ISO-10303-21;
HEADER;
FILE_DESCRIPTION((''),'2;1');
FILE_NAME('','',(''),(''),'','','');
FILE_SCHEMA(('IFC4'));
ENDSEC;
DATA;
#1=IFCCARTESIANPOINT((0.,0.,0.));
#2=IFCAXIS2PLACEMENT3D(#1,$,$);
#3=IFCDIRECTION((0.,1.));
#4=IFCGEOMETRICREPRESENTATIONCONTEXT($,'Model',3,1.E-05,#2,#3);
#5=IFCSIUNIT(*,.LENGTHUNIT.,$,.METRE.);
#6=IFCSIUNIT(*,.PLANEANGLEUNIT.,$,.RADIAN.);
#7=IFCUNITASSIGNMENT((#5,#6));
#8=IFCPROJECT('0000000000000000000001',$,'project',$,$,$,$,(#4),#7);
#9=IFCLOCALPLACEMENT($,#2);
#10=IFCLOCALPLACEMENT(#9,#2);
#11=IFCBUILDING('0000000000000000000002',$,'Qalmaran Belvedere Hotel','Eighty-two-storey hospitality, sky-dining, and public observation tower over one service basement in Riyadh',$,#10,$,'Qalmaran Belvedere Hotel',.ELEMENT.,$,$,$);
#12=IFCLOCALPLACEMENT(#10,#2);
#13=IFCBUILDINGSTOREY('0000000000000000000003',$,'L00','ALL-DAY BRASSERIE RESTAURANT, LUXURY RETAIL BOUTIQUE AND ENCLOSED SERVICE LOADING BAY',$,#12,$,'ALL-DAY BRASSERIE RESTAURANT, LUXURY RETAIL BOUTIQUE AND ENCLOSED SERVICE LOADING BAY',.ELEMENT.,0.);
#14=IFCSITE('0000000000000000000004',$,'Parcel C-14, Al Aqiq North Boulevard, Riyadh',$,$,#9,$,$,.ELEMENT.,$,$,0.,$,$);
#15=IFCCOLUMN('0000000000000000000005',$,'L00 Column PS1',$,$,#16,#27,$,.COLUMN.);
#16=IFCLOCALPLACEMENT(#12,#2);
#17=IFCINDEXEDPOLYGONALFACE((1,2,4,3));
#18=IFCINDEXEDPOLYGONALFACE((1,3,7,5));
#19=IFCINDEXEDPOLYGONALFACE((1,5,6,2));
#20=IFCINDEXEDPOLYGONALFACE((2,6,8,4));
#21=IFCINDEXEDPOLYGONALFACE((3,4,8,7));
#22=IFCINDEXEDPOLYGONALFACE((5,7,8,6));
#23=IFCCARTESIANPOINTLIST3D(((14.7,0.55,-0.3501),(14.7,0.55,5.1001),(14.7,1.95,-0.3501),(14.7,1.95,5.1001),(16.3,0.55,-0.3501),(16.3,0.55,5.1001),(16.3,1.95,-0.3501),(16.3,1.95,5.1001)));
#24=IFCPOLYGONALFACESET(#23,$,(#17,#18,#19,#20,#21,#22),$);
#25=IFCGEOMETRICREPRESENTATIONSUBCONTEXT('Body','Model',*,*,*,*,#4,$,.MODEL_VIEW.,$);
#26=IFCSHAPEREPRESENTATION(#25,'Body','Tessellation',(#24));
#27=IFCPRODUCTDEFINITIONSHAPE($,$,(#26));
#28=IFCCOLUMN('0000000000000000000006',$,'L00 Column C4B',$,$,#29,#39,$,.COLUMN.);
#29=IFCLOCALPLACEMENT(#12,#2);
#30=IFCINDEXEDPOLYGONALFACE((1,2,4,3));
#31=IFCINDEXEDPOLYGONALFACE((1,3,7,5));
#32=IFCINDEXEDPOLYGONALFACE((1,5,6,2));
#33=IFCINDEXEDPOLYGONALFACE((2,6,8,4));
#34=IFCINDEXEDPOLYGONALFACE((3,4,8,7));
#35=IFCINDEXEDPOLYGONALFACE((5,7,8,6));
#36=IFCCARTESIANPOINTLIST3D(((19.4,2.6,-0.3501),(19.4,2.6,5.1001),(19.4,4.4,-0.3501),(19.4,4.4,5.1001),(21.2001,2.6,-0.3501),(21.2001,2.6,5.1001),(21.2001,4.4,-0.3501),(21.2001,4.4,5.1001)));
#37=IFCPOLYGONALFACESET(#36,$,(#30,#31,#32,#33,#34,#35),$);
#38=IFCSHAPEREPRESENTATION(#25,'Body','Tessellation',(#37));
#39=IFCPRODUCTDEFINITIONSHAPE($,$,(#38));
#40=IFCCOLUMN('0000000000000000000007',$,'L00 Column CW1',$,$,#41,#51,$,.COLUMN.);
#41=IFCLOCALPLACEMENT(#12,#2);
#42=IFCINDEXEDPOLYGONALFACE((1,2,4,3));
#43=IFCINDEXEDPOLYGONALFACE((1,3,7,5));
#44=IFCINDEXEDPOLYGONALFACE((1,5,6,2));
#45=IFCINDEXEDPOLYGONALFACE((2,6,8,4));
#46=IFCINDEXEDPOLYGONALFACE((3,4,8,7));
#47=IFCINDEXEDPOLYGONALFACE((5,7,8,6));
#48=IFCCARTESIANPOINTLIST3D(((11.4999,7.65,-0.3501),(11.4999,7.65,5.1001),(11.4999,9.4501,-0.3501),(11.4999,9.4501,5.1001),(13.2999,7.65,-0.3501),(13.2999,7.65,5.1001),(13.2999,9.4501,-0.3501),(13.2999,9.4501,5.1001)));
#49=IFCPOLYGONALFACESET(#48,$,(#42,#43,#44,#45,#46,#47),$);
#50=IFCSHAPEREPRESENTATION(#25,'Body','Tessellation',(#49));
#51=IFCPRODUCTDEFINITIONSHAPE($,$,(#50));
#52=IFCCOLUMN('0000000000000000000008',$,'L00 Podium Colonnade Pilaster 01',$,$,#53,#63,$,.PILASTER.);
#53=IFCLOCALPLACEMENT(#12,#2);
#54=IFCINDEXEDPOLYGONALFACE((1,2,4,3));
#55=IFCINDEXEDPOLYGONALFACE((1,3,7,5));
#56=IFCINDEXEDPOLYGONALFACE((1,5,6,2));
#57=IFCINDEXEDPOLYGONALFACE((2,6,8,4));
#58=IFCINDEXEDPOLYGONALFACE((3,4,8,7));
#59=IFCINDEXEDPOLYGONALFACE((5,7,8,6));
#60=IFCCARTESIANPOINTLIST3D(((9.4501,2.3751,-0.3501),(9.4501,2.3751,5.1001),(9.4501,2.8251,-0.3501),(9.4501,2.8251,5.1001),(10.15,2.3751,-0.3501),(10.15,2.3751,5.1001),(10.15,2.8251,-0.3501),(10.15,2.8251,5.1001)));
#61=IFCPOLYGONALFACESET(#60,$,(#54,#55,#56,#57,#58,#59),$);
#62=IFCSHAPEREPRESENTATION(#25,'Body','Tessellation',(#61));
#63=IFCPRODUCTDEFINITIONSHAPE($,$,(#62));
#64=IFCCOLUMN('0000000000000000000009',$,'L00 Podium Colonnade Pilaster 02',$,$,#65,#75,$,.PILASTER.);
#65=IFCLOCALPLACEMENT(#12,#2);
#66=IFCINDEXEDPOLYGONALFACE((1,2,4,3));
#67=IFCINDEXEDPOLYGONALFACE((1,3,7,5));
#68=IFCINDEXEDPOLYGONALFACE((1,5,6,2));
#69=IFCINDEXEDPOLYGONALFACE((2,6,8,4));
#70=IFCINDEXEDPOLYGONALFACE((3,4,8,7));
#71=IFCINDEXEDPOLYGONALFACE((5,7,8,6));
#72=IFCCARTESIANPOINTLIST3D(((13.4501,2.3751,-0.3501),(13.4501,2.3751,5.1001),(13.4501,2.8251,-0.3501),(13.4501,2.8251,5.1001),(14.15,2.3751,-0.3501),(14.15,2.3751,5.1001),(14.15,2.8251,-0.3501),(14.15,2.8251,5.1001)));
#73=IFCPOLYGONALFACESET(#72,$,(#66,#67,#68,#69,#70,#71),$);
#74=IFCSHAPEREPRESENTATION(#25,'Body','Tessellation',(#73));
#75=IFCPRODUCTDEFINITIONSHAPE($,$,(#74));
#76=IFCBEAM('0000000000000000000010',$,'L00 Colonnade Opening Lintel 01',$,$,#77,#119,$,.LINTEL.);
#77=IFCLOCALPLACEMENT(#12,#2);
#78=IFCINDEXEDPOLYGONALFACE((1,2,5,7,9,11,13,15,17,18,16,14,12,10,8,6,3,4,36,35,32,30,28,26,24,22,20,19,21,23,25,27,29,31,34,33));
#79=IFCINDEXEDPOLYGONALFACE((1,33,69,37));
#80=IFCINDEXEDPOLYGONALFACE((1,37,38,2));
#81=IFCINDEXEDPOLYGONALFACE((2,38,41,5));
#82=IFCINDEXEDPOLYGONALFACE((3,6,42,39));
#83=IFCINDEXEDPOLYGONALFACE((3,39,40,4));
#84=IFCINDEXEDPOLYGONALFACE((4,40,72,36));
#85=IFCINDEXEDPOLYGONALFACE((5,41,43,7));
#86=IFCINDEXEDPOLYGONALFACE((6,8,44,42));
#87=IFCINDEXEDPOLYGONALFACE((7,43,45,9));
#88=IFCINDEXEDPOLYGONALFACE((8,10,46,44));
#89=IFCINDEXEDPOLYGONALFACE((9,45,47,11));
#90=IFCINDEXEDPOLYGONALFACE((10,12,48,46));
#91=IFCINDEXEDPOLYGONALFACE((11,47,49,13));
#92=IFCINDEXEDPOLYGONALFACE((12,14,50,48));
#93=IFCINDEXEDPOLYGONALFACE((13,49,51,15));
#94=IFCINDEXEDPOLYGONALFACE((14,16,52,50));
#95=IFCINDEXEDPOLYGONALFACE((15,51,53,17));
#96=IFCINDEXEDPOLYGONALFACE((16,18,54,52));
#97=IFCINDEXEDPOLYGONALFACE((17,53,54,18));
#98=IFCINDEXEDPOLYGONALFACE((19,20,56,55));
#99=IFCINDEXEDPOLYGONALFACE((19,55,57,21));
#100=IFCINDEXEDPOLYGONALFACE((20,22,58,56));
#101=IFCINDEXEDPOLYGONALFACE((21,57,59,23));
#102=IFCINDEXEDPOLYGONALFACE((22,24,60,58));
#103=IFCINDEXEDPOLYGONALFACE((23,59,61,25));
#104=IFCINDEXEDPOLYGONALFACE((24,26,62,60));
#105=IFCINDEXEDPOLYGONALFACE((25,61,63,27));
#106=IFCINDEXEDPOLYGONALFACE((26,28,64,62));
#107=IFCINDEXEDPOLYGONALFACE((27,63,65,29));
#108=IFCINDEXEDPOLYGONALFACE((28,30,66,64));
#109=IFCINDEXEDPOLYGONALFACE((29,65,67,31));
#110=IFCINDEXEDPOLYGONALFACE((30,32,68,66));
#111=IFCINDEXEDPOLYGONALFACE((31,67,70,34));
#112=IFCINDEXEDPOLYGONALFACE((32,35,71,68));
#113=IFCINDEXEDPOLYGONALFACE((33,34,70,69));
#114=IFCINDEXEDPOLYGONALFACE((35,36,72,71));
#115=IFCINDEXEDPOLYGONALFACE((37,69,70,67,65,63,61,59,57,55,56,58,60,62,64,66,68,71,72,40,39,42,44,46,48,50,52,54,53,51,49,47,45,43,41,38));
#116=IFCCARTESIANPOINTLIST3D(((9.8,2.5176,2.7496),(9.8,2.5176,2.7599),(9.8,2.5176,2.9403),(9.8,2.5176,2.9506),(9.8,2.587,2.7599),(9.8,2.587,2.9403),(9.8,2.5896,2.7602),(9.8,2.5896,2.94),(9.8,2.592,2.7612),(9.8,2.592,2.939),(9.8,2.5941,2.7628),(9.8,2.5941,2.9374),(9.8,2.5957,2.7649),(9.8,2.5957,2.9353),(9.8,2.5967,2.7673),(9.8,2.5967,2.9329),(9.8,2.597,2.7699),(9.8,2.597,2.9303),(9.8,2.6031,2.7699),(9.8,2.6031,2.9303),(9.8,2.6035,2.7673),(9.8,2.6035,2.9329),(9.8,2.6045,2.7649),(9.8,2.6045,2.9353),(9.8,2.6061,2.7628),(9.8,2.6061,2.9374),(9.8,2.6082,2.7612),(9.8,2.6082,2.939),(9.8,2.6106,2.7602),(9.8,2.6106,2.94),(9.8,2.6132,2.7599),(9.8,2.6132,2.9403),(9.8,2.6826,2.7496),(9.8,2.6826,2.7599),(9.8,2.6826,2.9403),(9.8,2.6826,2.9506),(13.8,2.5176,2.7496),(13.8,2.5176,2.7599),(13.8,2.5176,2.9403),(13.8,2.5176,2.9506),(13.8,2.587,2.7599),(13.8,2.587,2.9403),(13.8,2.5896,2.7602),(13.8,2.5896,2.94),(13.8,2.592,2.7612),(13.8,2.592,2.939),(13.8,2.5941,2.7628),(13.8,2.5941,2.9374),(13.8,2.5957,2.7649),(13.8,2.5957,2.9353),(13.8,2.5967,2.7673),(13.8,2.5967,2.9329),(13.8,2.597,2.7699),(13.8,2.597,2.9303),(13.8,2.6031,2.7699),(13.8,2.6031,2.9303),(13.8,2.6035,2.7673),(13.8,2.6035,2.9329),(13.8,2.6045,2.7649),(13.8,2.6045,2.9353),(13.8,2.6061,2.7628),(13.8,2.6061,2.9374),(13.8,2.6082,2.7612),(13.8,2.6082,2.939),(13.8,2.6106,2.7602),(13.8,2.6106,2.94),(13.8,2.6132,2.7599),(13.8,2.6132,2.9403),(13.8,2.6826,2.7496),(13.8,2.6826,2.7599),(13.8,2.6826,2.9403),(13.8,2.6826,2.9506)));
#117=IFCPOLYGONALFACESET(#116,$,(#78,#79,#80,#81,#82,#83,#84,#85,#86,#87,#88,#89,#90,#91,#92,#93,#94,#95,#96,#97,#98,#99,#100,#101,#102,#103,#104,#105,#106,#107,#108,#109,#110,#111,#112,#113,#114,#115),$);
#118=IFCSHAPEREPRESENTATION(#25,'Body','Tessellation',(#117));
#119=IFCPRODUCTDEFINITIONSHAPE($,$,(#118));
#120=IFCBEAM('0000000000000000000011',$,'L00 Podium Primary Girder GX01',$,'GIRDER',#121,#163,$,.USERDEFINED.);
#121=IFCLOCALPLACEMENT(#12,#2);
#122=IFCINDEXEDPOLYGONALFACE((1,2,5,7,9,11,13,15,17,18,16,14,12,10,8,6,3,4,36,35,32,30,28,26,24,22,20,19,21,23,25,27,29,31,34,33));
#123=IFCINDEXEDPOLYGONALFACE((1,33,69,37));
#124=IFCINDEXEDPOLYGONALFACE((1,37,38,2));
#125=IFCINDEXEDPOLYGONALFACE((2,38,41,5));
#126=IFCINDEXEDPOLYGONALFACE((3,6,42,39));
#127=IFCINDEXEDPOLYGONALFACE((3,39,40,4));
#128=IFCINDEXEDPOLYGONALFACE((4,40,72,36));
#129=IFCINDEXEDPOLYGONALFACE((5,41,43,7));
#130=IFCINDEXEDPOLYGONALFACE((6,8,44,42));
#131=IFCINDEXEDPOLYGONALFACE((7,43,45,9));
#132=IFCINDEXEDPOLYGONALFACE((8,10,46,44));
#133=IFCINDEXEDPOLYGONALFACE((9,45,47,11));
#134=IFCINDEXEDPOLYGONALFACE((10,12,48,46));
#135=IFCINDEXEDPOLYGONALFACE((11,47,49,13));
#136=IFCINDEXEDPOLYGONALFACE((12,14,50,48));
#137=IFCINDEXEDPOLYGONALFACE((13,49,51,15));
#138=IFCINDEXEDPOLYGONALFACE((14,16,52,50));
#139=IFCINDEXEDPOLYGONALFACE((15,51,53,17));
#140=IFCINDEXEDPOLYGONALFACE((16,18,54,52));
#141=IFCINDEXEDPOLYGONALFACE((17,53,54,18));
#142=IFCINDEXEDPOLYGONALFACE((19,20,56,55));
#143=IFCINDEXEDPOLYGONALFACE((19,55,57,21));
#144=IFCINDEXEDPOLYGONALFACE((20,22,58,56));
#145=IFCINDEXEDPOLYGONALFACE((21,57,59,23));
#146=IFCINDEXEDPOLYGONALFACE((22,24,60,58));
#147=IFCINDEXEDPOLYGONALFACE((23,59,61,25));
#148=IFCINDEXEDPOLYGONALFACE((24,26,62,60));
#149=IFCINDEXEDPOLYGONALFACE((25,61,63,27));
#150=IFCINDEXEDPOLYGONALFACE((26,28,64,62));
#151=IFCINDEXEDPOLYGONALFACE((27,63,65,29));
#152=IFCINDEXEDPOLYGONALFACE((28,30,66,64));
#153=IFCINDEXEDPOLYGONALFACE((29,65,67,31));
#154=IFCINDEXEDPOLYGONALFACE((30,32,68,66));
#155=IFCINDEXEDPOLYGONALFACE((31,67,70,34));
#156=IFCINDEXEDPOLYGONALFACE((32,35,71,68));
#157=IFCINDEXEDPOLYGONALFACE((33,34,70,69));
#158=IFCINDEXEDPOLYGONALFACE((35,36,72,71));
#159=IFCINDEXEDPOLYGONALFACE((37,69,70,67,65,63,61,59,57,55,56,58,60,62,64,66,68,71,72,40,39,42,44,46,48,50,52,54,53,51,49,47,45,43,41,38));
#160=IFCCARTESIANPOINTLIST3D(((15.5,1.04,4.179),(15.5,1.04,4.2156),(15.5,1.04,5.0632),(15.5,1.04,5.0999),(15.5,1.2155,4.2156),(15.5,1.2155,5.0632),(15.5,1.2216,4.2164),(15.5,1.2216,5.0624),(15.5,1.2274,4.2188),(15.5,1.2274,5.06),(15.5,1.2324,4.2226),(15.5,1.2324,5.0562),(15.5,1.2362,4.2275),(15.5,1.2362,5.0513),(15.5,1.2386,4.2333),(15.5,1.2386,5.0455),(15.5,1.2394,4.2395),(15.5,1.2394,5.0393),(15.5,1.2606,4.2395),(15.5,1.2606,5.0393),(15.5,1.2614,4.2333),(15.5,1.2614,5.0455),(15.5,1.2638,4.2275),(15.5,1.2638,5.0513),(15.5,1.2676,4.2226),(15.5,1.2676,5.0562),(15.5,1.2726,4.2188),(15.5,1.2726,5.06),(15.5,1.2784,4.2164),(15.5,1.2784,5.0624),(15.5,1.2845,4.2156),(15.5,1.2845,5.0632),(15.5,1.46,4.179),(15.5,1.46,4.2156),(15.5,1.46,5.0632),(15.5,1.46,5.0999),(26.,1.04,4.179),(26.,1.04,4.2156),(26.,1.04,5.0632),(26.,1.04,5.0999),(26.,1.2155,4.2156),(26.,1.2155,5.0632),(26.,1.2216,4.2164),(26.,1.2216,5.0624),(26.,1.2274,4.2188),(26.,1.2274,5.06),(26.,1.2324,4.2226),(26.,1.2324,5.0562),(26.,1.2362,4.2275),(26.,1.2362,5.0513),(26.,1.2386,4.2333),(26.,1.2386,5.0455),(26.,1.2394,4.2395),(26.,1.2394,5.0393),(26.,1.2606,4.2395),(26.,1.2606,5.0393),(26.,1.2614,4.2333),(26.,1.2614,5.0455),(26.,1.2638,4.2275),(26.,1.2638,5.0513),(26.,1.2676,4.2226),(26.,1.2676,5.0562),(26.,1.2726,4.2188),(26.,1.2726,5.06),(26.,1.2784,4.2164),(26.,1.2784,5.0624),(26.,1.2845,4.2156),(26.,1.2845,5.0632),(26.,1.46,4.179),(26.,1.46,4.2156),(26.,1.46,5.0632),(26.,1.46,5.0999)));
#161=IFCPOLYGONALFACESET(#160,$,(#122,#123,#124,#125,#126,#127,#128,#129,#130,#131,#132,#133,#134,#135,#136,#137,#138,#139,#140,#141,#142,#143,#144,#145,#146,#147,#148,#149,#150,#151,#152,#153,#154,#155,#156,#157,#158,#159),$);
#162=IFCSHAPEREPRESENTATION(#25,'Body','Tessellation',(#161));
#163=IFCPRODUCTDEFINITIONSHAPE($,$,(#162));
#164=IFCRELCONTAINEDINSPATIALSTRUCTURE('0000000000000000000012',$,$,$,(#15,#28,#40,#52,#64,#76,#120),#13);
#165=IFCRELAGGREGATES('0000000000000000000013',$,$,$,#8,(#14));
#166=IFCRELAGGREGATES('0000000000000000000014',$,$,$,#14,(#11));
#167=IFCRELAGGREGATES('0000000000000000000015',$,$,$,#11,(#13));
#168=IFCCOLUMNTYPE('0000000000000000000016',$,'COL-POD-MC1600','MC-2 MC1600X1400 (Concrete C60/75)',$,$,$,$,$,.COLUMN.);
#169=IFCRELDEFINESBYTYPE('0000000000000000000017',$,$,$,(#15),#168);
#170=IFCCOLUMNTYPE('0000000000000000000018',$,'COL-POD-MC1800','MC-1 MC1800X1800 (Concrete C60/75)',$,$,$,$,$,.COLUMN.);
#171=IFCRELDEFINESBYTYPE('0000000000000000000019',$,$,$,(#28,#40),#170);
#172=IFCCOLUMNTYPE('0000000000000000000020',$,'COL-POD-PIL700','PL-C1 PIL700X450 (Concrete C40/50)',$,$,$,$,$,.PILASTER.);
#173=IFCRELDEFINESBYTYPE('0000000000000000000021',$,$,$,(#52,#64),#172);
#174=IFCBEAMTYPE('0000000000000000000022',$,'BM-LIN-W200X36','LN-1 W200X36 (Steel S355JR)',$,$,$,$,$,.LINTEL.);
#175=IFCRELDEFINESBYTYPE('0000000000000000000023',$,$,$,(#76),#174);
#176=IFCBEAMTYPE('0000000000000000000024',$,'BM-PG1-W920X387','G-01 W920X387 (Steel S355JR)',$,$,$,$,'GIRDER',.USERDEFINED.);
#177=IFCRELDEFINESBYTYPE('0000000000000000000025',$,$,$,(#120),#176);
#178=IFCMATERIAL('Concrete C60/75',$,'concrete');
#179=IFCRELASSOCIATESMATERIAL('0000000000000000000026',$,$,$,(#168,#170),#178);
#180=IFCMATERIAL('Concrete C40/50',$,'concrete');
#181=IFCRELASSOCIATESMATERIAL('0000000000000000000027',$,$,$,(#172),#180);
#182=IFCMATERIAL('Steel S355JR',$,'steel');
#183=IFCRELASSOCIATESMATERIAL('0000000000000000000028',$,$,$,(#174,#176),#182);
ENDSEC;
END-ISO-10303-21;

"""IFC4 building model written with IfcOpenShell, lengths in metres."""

from ifc_helpers import new_model, si_unit, direction, frame, origin, origin_2d, place, context, subcontext, project, spatial, rectangle, i_section, extrude, material, material_profile, profile_set, type_object, element, save


model = new_model("IFC4")

# Units and contexts
model_context = context("Model", 3, precision=1e-05, world=origin(), true_north=direction((0.0, 1.0)))
body_context = subcontext(model_context, "Body", "Model", "MODEL_VIEW")
ifc_project = project(units=[si_unit("LENGTHUNIT", "METRE"), si_unit("PLANEANGLEUNIT", "RADIAN")], contexts=[model_context])

# Site, building, storey
site_placement = place(None, origin())
site = spatial("IfcSite", under=ifc_project, at=site_placement, Name="Parcel C-14, Al Aqiq North Boulevard, Riyadh", CompositionType="ELEMENT", RefElevation=0.0)
building_placement = place(site_placement, origin())
building = spatial("IfcBuilding", under=site, at=building_placement, Name="Qalmaran Belvedere Hotel", Description="Eighty-two-storey hospitality, sky-dining, and public observation tower over one service basement in Riyadh", LongName="Qalmaran Belvedere Hotel", CompositionType="ELEMENT")
storey_placement = place(building_placement, origin())
storey = spatial("IfcBuildingStorey", under=building, at=storey_placement, Name="L00", Description="ALL-DAY BRASSERIE RESTAURANT, LUXURY RETAIL BOUTIQUE AND ENCLOSED SERVICE LOADING BAY", LongName="ALL-DAY BRASSERIE RESTAURANT, LUXURY RETAIL BOUTIQUE AND ENCLOSED SERVICE LOADING BAY", CompositionType="ELEMENT", Elevation=0.0)

# Columns
ifc_material_1 = material(Name="Concrete C60/75", Category="concrete")
ifc_material_profile_1 = material_profile(ifc_material_1, rectangle(XDim=1.6001, YDim=1.3999, at=origin_2d()), Name="MC1600X1400")
ifc_profile_set_1 = profile_set([ifc_material_profile_1], Name="Concrete C60/75")
column_type_1 = type_object("IfcColumnType", Name="COL-POD-MC1600", Description="MC-2 MC1600X1400 (Concrete C60/75)", PredefinedType="COLUMN", material=ifc_profile_set_1)
column_placement = place(storey_placement, frame((15.5, 1.25, -0.3501), z_axis=(0.0, 0.0, 1.0), x_axis=(1.0, 0.0, 0.0)))
element("IfcColumn", 1, at=column_placement, inside=storey, type_object=column_type_1, Name="L00 Column PS1", PredefinedType="COLUMN", context=body_context, shape_type="SweptSolid", body=[
    extrude(rectangle(XDim=1.6001, YDim=1.3999, at=origin_2d()), origin(), (0.0, 0.0, 1.0), 5.4502),
])
ifc_material_profile_2 = material_profile(ifc_material_1, rectangle(XDim=1.8, YDim=1.8, at=origin_2d()), Name="MC1800X1800")
ifc_profile_set_2 = profile_set([ifc_material_profile_2], Name="Concrete C60/75")
column_type_2 = type_object("IfcColumnType", Name="COL-POD-MC1800", Description="MC-1 MC1800X1800 (Concrete C60/75)", PredefinedType="COLUMN", material=ifc_profile_set_2)
for number, where, z_axis, x_axis, name in (
    (2, (20.3, 3.5, -0.3501), (0.0, 0.0, 1.0), (1.0, 0.0, 0.0), "L00 Column C4B"),
    (3, (12.3999, 8.55, -0.3501), (0.0, 0.0, 1.0), (1.0, 0.0, 0.0), "L00 Column CW1"),
):
    element("IfcColumn", number, at=place(storey_placement, frame(where, z_axis=z_axis, x_axis=x_axis)), inside=storey, type_object=column_type_2, Name=name, PredefinedType="COLUMN", context=body_context, shape_type="SweptSolid", body=[
        extrude(rectangle(XDim=1.8, YDim=1.8, at=origin_2d()), origin(), (0.0, 0.0, 1.0), 5.4502),
    ])
ifc_material_2 = material(Name="Concrete C40/50", Category="concrete")
ifc_material_profile_3 = material_profile(ifc_material_2, rectangle(XDim=0.7, YDim=0.45, at=origin_2d()), Name="PIL700X450")
ifc_profile_set_3 = profile_set([ifc_material_profile_3], Name="Concrete C40/50")
column_type_3 = type_object("IfcColumnType", Name="COL-POD-PIL700", Description="PL-C1 PIL700X450 (Concrete C40/50)", PredefinedType="PILASTER", material=ifc_profile_set_3)
for number, where, z_axis, x_axis, name in (
    (4, (9.8, 2.6001, -0.3501), (0.0, 0.0, 1.0), (1.0, 0.0, 0.0), "L00 Podium Colonnade Pilaster 01"),
    (5, (13.8, 2.6001, -0.3501), (0.0, 0.0, 1.0), (1.0, 0.0, 0.0), "L00 Podium Colonnade Pilaster 02"),
):
    element("IfcColumn", number, at=place(storey_placement, frame(where, z_axis=z_axis, x_axis=x_axis)), inside=storey, type_object=column_type_3, Name=name, PredefinedType="PILASTER", context=body_context, shape_type="SweptSolid", body=[
        extrude(rectangle(XDim=0.7, YDim=0.45, at=origin_2d()), origin(), (0.0, 0.0, 1.0), 5.4502),
    ])

# Beams
ifc_material_3 = material(Name="Steel S355JR", Category="steel")
ifc_material_profile_4 = material_profile(ifc_material_3, i_section(OverallWidth=0.165, OverallDepth=0.2009, WebThickness=0.0061, FlangeThickness=0.0103, FilletRadius=0.01, at=origin_2d()), Name="W200X36")
ifc_profile_set_4 = profile_set([ifc_material_profile_4], Name="Steel S355JR")
beam_type_1 = type_object("IfcBeamType", Name="BM-LIN-W200X36", Description="LN-1 W200X36 (Steel S355JR)", PredefinedType="LINTEL", material=ifc_profile_set_4)
beam_1_placement = place(storey_placement, frame((9.8, 2.6001, 2.8501), z_axis=(1.0, 0.0, 0.0), x_axis=(0.0, 1.0, 0.0)))
element("IfcBeam", 6, at=beam_1_placement, inside=storey, type_object=beam_type_1, Name="L00 Colonnade Opening Lintel 01", PredefinedType="LINTEL", context=body_context, shape_type="SweptSolid", body=[
    extrude(i_section(OverallWidth=0.165, OverallDepth=0.2009, WebThickness=0.0061, FlangeThickness=0.0103, FilletRadius=0.01, at=origin_2d()), origin(), (0.0, 0.0, 1.0), 4.0),
])
ifc_material_profile_5 = material_profile(ifc_material_3, i_section(OverallWidth=0.4199, OverallDepth=0.9209, WebThickness=0.0212, FlangeThickness=0.0366, FilletRadius=0.0239, at=origin_2d()), Name="W920X387")
ifc_profile_set_5 = profile_set([ifc_material_profile_5], Name="Steel S355JR")
beam_type_2 = type_object("IfcBeamType", Name="BM-PG1-W920X387", Description="G-01 W920X387 (Steel S355JR)", ElementType="GIRDER", PredefinedType="USERDEFINED", material=ifc_profile_set_5)
beam_2_placement = place(storey_placement, frame((15.5, 1.25, 4.6394), z_axis=(1.0, 0.0, 0.0), x_axis=(0.0, 1.0, 0.0)))
element("IfcBeam", 7, at=beam_2_placement, inside=storey, type_object=beam_type_2, Name="L00 Podium Primary Girder GX01", ObjectType="GIRDER", PredefinedType="USERDEFINED", context=body_context, shape_type="SweptSolid", body=[
    extrude(i_section(OverallWidth=0.4199, OverallDepth=0.9209, WebThickness=0.0212, FlangeThickness=0.0366, FilletRadius=0.0239, at=origin_2d()), origin(), (0.0, 0.0, 1.0), 10.5),
])

save(model, "model.ifc")
